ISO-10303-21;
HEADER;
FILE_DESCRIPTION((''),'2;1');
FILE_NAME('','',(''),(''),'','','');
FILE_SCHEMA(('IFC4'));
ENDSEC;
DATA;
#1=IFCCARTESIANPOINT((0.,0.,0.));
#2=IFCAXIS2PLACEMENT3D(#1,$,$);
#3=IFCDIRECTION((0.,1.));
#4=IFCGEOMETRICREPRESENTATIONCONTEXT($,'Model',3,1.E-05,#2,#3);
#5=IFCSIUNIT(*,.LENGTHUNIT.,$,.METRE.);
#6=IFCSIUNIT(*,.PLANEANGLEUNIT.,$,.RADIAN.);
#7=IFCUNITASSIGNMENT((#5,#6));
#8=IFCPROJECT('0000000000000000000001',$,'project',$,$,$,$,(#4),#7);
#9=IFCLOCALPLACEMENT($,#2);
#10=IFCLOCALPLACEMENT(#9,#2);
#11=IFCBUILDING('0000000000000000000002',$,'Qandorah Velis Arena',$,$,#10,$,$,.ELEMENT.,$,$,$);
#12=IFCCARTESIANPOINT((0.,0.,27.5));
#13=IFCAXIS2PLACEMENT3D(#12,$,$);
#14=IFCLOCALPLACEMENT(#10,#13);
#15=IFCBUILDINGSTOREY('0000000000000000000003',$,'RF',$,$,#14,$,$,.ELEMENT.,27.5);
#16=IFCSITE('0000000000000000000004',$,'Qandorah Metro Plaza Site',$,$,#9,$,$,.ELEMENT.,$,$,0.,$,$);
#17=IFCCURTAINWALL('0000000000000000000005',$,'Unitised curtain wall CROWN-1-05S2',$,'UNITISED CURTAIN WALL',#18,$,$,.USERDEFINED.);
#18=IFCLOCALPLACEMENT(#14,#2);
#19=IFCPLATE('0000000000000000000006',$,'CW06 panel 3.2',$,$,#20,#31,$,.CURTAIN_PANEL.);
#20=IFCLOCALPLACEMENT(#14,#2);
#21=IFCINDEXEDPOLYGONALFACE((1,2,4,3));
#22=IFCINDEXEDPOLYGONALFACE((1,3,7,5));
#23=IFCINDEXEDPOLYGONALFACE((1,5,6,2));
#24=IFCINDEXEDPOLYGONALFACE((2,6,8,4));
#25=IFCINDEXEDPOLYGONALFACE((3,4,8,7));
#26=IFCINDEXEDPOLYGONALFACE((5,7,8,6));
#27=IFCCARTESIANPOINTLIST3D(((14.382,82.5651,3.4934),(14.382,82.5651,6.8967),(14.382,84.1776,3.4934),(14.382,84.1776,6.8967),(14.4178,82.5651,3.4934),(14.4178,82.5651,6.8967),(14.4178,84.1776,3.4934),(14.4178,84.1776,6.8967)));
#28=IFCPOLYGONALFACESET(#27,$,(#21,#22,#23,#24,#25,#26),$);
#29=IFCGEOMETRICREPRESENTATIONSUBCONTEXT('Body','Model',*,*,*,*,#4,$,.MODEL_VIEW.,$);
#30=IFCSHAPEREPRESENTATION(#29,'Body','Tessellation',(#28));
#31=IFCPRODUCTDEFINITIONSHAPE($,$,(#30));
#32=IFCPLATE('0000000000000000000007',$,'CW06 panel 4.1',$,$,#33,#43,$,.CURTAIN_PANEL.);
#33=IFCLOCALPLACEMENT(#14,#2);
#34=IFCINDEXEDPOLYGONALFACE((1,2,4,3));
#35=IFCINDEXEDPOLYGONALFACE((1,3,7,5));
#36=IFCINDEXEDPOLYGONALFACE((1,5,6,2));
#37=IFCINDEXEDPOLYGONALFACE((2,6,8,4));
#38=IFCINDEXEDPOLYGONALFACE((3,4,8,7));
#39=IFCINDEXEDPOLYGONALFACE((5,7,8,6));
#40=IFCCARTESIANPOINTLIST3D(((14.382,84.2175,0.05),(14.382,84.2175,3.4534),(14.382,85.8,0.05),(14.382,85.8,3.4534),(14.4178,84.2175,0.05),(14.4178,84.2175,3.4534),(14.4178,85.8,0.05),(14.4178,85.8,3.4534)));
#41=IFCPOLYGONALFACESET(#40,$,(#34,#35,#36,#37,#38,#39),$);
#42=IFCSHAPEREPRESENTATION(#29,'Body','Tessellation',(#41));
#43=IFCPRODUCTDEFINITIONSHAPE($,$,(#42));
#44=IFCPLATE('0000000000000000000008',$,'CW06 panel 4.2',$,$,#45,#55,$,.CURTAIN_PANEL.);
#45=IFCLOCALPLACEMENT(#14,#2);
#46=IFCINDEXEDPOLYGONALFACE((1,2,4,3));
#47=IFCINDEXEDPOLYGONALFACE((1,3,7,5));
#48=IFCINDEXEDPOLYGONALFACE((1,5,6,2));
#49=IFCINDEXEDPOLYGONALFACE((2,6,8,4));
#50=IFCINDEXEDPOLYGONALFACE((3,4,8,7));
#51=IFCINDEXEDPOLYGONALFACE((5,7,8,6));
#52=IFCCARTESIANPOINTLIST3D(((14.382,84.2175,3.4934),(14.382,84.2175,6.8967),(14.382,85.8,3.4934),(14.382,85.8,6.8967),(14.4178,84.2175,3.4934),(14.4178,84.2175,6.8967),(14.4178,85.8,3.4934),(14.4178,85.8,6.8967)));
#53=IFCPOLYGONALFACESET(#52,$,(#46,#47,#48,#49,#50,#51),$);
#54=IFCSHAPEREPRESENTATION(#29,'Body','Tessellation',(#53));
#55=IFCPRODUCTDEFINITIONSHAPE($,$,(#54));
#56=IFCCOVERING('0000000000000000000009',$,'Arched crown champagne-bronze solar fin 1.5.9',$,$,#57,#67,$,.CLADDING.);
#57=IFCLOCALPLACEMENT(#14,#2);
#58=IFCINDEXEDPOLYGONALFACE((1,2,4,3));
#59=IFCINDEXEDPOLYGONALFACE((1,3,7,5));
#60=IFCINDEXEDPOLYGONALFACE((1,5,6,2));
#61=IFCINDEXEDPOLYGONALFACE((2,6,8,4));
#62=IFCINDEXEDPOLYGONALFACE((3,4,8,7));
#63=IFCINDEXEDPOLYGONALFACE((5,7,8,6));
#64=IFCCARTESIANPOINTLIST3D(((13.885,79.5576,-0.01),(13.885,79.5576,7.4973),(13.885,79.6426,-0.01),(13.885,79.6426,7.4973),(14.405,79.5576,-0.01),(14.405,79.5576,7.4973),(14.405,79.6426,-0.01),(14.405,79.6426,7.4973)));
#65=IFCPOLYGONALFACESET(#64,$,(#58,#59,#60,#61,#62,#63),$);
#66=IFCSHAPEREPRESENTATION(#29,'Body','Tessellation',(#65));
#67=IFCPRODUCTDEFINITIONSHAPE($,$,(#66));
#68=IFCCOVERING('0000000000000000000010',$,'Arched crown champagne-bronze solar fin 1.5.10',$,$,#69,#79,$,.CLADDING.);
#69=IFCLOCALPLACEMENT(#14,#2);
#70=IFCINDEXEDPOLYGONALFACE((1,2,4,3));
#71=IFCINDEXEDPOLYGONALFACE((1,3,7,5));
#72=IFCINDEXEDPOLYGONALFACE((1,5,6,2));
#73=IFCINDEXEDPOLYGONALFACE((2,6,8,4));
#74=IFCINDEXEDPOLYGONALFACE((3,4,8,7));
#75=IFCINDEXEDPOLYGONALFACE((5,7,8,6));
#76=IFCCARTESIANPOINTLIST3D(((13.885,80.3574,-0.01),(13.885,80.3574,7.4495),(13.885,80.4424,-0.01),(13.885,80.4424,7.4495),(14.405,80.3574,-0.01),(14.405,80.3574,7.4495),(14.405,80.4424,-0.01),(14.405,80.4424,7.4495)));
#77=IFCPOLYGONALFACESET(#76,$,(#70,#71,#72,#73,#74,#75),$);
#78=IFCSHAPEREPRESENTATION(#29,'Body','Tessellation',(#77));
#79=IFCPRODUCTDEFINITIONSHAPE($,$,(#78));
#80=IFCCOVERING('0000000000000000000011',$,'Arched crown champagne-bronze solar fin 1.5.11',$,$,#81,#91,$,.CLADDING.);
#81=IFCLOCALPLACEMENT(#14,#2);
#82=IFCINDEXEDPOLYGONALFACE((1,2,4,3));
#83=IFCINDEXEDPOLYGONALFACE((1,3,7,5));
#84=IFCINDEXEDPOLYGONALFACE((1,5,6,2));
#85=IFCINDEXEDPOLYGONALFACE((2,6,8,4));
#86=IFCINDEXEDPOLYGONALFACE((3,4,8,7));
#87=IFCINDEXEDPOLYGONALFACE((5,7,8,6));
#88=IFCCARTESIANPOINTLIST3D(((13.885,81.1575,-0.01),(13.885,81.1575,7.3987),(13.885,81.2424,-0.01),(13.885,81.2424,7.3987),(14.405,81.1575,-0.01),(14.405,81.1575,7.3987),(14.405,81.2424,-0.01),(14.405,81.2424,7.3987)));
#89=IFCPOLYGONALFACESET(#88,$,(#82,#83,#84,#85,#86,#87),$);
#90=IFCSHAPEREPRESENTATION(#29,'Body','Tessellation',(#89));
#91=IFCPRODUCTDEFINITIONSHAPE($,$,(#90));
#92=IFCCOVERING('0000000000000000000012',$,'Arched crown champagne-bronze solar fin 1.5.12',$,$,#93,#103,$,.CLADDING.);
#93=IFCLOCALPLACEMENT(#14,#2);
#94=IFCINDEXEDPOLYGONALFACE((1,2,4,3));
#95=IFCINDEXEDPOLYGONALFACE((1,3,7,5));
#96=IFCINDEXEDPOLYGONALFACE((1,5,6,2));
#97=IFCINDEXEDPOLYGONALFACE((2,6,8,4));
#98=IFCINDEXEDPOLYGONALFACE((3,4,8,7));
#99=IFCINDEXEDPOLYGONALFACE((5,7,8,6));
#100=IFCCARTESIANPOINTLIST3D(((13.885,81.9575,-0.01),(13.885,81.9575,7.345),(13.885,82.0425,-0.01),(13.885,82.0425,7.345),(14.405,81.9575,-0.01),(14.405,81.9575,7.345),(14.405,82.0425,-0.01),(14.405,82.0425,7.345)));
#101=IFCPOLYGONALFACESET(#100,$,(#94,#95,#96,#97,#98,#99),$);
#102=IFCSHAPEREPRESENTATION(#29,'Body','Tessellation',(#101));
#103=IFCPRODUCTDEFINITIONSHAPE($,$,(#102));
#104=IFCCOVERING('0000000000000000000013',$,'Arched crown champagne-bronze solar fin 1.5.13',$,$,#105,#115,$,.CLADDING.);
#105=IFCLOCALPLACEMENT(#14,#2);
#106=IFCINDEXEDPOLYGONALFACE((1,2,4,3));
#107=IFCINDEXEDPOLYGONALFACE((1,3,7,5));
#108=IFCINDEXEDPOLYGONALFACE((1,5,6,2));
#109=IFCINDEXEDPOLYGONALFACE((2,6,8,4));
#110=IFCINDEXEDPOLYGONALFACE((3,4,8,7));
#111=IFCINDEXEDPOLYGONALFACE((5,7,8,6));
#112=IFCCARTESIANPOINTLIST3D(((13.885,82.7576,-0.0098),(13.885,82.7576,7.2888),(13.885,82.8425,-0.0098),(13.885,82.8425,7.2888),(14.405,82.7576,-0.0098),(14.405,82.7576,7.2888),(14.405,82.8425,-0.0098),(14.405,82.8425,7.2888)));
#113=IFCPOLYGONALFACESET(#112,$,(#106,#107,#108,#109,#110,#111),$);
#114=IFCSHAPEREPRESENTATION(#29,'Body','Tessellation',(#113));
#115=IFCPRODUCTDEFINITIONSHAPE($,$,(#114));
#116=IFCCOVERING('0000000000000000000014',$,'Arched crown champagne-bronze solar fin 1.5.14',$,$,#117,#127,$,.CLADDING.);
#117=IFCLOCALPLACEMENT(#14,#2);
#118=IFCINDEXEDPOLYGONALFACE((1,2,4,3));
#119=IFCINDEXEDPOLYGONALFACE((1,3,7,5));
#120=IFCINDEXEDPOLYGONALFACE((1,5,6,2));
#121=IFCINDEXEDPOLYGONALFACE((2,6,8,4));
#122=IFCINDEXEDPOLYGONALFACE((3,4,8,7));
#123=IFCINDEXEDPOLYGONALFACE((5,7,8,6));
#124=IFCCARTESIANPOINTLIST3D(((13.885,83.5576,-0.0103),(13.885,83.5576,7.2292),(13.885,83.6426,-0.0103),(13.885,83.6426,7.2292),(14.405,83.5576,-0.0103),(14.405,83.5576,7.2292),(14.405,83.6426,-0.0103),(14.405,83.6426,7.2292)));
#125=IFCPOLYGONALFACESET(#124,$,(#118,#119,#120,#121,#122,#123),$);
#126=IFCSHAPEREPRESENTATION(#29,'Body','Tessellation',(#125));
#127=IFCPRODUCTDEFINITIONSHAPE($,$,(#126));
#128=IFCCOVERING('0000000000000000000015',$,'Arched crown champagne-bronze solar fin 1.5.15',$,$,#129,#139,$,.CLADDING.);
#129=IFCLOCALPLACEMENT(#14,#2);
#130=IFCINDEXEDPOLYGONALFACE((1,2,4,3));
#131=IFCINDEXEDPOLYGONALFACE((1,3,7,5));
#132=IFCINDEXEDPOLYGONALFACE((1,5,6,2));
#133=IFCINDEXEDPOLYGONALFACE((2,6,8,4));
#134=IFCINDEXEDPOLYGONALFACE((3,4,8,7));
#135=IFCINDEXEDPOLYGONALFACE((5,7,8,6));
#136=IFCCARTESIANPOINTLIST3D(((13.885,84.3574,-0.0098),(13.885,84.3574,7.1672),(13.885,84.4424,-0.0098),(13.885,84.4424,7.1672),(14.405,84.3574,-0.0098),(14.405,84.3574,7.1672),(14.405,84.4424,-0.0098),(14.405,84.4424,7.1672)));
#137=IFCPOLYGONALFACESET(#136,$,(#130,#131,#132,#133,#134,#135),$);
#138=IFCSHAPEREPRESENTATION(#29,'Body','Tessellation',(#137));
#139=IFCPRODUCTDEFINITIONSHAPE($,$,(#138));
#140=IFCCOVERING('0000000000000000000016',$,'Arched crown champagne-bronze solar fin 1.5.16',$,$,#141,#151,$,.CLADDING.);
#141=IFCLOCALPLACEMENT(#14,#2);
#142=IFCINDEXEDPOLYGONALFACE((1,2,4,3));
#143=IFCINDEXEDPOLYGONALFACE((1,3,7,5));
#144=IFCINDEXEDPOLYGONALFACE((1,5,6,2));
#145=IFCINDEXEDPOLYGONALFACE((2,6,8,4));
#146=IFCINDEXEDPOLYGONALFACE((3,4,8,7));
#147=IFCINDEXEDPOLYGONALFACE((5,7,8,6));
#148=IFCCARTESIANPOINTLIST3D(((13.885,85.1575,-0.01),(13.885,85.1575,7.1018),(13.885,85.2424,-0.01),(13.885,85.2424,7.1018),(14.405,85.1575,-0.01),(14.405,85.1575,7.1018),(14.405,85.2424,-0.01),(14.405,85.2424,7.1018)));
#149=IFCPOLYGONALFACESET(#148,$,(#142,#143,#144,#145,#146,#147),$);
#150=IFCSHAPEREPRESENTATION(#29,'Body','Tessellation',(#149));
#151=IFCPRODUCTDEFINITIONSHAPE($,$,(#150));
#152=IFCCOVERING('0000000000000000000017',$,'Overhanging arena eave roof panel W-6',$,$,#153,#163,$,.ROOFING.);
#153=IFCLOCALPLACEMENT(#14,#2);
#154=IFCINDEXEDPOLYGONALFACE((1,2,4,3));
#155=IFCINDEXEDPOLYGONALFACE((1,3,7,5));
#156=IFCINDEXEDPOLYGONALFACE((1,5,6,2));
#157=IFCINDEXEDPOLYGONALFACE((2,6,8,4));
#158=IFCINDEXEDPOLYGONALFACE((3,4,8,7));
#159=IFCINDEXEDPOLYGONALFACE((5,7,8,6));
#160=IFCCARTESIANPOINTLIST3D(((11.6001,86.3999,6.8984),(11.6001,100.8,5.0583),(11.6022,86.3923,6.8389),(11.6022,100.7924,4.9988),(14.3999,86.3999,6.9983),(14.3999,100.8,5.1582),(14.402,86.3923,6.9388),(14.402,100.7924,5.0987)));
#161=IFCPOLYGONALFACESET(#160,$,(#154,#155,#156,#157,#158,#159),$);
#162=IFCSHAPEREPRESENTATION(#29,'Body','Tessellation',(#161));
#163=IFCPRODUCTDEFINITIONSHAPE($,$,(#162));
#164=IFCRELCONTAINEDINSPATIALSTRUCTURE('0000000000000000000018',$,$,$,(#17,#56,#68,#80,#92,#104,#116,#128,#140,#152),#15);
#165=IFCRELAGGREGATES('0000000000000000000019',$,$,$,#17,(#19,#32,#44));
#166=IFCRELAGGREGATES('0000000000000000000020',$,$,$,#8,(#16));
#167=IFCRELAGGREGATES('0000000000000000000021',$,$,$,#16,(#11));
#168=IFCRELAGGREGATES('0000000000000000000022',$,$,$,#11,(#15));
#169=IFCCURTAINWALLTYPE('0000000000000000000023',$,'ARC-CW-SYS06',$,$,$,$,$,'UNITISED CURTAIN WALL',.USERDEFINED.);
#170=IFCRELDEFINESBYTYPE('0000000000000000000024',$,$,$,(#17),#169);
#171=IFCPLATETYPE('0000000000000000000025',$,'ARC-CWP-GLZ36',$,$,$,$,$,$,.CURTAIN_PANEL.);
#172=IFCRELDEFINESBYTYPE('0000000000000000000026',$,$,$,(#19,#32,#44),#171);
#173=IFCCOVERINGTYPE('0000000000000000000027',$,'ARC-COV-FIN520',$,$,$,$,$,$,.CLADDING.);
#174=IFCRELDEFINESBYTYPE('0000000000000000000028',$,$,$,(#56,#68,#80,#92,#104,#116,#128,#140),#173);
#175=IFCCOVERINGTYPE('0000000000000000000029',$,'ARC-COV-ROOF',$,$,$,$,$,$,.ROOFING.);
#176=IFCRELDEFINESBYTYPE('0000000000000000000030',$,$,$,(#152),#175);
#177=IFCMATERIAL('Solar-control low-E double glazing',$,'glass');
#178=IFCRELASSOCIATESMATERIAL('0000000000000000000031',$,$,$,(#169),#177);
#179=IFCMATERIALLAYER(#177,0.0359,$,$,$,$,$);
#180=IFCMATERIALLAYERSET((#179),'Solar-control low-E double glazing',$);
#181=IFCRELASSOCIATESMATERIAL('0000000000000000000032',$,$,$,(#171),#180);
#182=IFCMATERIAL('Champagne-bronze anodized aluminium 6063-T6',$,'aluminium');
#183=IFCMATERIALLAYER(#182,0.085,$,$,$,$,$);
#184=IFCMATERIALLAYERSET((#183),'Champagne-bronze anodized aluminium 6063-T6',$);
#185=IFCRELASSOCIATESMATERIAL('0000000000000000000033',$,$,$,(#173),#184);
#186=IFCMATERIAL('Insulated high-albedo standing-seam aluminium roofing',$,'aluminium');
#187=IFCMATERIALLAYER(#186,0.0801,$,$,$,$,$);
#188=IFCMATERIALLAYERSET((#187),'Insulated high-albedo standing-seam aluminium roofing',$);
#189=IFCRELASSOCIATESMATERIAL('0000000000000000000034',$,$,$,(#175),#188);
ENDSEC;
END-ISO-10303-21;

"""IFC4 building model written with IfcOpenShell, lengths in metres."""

from ifc_helpers import new_model, si_unit, direction, frame, origin, origin_2d, place, context, subcontext, project, spatial, polyline, rectangle, outline, extrude, material, layer, layer_set, type_object, element, aggregate, save


model = new_model("IFC4")

# Units and contexts
model_context = context("Model", 3, precision=1e-05, world=origin(), true_north=direction((0.0, 1.0)))
body_context = subcontext(model_context, "Body", "Model", "MODEL_VIEW")
ifc_project = project(units=[si_unit("LENGTHUNIT", "METRE"), si_unit("PLANEANGLEUNIT", "RADIAN")], contexts=[model_context])

# Site, building, storey
site_placement = place(None, origin())
site = spatial("IfcSite", under=ifc_project, at=site_placement, Name="Qandorah Metro Plaza Site", CompositionType="ELEMENT", RefElevation=0.0)
building_placement = place(site_placement, origin())
building = spatial("IfcBuilding", under=site, at=building_placement, Name="Qandorah Velis Arena", CompositionType="ELEMENT")
storey_placement = place(building_placement, frame((0.0, 0.0, 27.5)))
storey = spatial("IfcBuildingStorey", under=building, at=storey_placement, Name="RF", CompositionType="ELEMENT", Elevation=27.5)

# Curtain wall
ifc_material_1 = material(Name="Solar-control low-E double glazing", Category="glass")
curtain_wall_type = type_object("IfcCurtainWallType", Name="ARC-CW-SYS06", ElementType="UNITISED CURTAIN WALL", PredefinedType="USERDEFINED", material=ifc_material_1)
curtain_wall_placement = place(storey_placement, origin())
curtain_wall = element("IfcCurtainWall", 1, at=curtain_wall_placement, inside=storey, type_object=curtain_wall_type, Name="Unitised curtain wall CROWN-1-05S2", ObjectType="UNITISED CURTAIN WALL", PredefinedType="USERDEFINED")
ifc_material_2 = material(Name="Champagne-bronze anodized aluminium 6063-T6", Category="aluminium")

# Plates
ifc_layer_1 = layer(ifc_material_1, 0.0359)
ifc_layer_set_1 = layer_set([ifc_layer_1], Name="Solar-control low-E double glazing")
plate_type = type_object("IfcPlateType", Name="ARC-CWP-GLZ36", PredefinedType="CURTAIN_PANEL", material=ifc_layer_set_1)
plate_1_placement = place(storey_placement, frame((14.3999, 83.3713, 3.4934), z_axis=(0.0, 0.0, 1.0), x_axis=(0.0, 1.0, 0.0)))
plate_1 = element("IfcPlate", 2, at=plate_1_placement, type_object=plate_type, Name="CW06 panel 3.2", PredefinedType="CURTAIN_PANEL", context=body_context, shape_type="SweptSolid", body=[
    extrude(rectangle(XDim=1.6125, YDim=0.0359, at=origin_2d()), origin(), (0.0, 0.0, 1.0), 3.4033),
])
plate_2_placement = place(storey_placement, frame((14.3999, 85.0088, 0.05), z_axis=(0.0, 0.0, 1.0), x_axis=(0.0, 1.0, 0.0)))
plate_2 = element("IfcPlate", 3, at=plate_2_placement, type_object=plate_type, Name="CW06 panel 4.1", PredefinedType="CURTAIN_PANEL", context=body_context, shape_type="SweptSolid", body=[
    extrude(rectangle(XDim=1.5825, YDim=0.0359, at=origin_2d()), origin(), (0.0, 0.0, 1.0), 3.4033),
])
plate_3_placement = place(storey_placement, frame((14.3999, 85.0088, 3.4934), z_axis=(0.0, 0.0, 1.0), x_axis=(0.0, 1.0, 0.0)))
plate_3 = element("IfcPlate", 4, at=plate_3_placement, type_object=plate_type, Name="CW06 panel 4.2", PredefinedType="CURTAIN_PANEL", context=body_context, shape_type="SweptSolid", body=[
    extrude(rectangle(XDim=1.5825, YDim=0.0359, at=origin_2d()), origin(), (0.0, 0.0, 1.0), 3.4033),
])
aggregate(curtain_wall, [plate_1, plate_2, plate_3])

# Coverings
ifc_layer_2 = layer(ifc_material_2, 0.085)
ifc_layer_set_2 = layer_set([ifc_layer_2], Name="Champagne-bronze anodized aluminium 6063-T6")
covering_type_1 = type_object("IfcCoveringType", Name="ARC-COV-FIN520", PredefinedType="CLADDING", material=ifc_layer_set_2)
covering_1_placement = place(storey_placement, frame((14.145, 79.6001, -0.01), z_axis=(0.0, 0.0, 1.0), x_axis=(1.0, 0.0, 0.0)))
element("IfcCovering", 5, at=covering_1_placement, inside=storey, type_object=covering_type_1, Name="Arched crown champagne-bronze solar fin 1.5.9", PredefinedType="CLADDING", context=body_context, shape_type="SweptSolid", body=[
    extrude(rectangle(XDim=0.52, YDim=0.085, at=origin_2d()), origin(), (0.0, 0.0, 1.0), 7.5073),
])
covering_2_placement = place(storey_placement, frame((14.145, 80.3999, -0.01), z_axis=(0.0, 0.0, 1.0), x_axis=(1.0, 0.0, 0.0)))
element("IfcCovering", 6, at=covering_2_placement, inside=storey, type_object=covering_type_1, Name="Arched crown champagne-bronze solar fin 1.5.10", PredefinedType="CLADDING", context=body_context, shape_type="SweptSolid", body=[
    extrude(rectangle(XDim=0.52, YDim=0.085, at=origin_2d()), origin(), (0.0, 0.0, 1.0), 7.4595),
])
covering_3_placement = place(storey_placement, frame((14.145, 81.2, -0.01), z_axis=(0.0, 0.0, 1.0), x_axis=(1.0, 0.0, 0.0)))
element("IfcCovering", 7, at=covering_3_placement, inside=storey, type_object=covering_type_1, Name="Arched crown champagne-bronze solar fin 1.5.11", PredefinedType="CLADDING", context=body_context, shape_type="SweptSolid", body=[
    extrude(rectangle(XDim=0.52, YDim=0.085, at=origin_2d()), origin(), (0.0, 0.0, 1.0), 7.4087),
])
covering_4_placement = place(storey_placement, frame((14.145, 82.0, -0.01), z_axis=(0.0, 0.0, 1.0), x_axis=(1.0, 0.0, 0.0)))
element("IfcCovering", 8, at=covering_4_placement, inside=storey, type_object=covering_type_1, Name="Arched crown champagne-bronze solar fin 1.5.12", PredefinedType="CLADDING", context=body_context, shape_type="SweptSolid", body=[
    extrude(rectangle(XDim=0.52, YDim=0.085, at=origin_2d()), origin(), (0.0, 0.0, 1.0), 7.355),
])
covering_5_placement = place(storey_placement, frame((14.145, 82.8, -0.0098), z_axis=(0.0, 0.0, 1.0), x_axis=(1.0, 0.0, 0.0)))
element("IfcCovering", 9, at=covering_5_placement, inside=storey, type_object=covering_type_1, Name="Arched crown champagne-bronze solar fin 1.5.13", PredefinedType="CLADDING", context=body_context, shape_type="SweptSolid", body=[
    extrude(rectangle(XDim=0.52, YDim=0.085, at=origin_2d()), origin(), (0.0, 0.0, 1.0), 7.2986),
])
covering_6_placement = place(storey_placement, frame((14.145, 83.6001, -0.0103), z_axis=(0.0, 0.0, 1.0), x_axis=(1.0, 0.0, 0.0)))
element("IfcCovering", 10, at=covering_6_placement, inside=storey, type_object=covering_type_1, Name="Arched crown champagne-bronze solar fin 1.5.14", PredefinedType="CLADDING", context=body_context, shape_type="SweptSolid", body=[
    extrude(rectangle(XDim=0.52, YDim=0.085, at=origin_2d()), origin(), (0.0, 0.0, 1.0), 7.2395),
])
covering_7_placement = place(storey_placement, frame((14.145, 84.3999, -0.0098), z_axis=(0.0, 0.0, 1.0), x_axis=(1.0, 0.0, 0.0)))
element("IfcCovering", 11, at=covering_7_placement, inside=storey, type_object=covering_type_1, Name="Arched crown champagne-bronze solar fin 1.5.15", PredefinedType="CLADDING", context=body_context, shape_type="SweptSolid", body=[
    extrude(rectangle(XDim=0.52, YDim=0.085, at=origin_2d()), origin(), (0.0, 0.0, 1.0), 7.177),
])
covering_8_placement = place(storey_placement, frame((14.145, 85.2, -0.01), z_axis=(0.0, 0.0, 1.0), x_axis=(1.0, 0.0, 0.0)))
element("IfcCovering", 12, at=covering_8_placement, inside=storey, type_object=covering_type_1, Name="Arched crown champagne-bronze solar fin 1.5.16", PredefinedType="CLADDING", context=body_context, shape_type="SweptSolid", body=[
    extrude(rectangle(XDim=0.52, YDim=0.085, at=origin_2d()), origin(), (0.0, 0.0, 1.0), 7.1118),
])
ifc_material_3 = material(Name="Insulated high-albedo standing-seam aluminium roofing", Category="aluminium")
ifc_layer_3 = layer(ifc_material_3, 0.0801)
ifc_layer_set_3 = layer_set([ifc_layer_3], Name="Insulated high-albedo standing-seam aluminium roofing")
covering_type_2 = type_object("IfcCoveringType", Name="ARC-COV-ROOF", PredefinedType="ROOFING", material=ifc_layer_set_3)
covering_9_placement = place(storey_placement, frame((11.6001, 86.3999, 6.8984), z_axis=(-0.035355, 0.126673, 0.991314), x_axis=(0.999365, 0.0, 0.035642)))
element("IfcCovering", 13, at=covering_9_placement, inside=storey, type_object=covering_type_2, Name="Overhanging arena eave roof panel W-6", PredefinedType="ROOFING", context=body_context, shape_type="SweptSolid", body=[
    extrude(outline(polyline([(0.0, 0.0), (2.8016, 0.0), (2.736, 14.5171), (-0.0656, 14.5171), (0.0, 0.0)])), origin(), (0.0, 0.0, -1.0), 0.0601),
])

save(model, "model.ifc")
